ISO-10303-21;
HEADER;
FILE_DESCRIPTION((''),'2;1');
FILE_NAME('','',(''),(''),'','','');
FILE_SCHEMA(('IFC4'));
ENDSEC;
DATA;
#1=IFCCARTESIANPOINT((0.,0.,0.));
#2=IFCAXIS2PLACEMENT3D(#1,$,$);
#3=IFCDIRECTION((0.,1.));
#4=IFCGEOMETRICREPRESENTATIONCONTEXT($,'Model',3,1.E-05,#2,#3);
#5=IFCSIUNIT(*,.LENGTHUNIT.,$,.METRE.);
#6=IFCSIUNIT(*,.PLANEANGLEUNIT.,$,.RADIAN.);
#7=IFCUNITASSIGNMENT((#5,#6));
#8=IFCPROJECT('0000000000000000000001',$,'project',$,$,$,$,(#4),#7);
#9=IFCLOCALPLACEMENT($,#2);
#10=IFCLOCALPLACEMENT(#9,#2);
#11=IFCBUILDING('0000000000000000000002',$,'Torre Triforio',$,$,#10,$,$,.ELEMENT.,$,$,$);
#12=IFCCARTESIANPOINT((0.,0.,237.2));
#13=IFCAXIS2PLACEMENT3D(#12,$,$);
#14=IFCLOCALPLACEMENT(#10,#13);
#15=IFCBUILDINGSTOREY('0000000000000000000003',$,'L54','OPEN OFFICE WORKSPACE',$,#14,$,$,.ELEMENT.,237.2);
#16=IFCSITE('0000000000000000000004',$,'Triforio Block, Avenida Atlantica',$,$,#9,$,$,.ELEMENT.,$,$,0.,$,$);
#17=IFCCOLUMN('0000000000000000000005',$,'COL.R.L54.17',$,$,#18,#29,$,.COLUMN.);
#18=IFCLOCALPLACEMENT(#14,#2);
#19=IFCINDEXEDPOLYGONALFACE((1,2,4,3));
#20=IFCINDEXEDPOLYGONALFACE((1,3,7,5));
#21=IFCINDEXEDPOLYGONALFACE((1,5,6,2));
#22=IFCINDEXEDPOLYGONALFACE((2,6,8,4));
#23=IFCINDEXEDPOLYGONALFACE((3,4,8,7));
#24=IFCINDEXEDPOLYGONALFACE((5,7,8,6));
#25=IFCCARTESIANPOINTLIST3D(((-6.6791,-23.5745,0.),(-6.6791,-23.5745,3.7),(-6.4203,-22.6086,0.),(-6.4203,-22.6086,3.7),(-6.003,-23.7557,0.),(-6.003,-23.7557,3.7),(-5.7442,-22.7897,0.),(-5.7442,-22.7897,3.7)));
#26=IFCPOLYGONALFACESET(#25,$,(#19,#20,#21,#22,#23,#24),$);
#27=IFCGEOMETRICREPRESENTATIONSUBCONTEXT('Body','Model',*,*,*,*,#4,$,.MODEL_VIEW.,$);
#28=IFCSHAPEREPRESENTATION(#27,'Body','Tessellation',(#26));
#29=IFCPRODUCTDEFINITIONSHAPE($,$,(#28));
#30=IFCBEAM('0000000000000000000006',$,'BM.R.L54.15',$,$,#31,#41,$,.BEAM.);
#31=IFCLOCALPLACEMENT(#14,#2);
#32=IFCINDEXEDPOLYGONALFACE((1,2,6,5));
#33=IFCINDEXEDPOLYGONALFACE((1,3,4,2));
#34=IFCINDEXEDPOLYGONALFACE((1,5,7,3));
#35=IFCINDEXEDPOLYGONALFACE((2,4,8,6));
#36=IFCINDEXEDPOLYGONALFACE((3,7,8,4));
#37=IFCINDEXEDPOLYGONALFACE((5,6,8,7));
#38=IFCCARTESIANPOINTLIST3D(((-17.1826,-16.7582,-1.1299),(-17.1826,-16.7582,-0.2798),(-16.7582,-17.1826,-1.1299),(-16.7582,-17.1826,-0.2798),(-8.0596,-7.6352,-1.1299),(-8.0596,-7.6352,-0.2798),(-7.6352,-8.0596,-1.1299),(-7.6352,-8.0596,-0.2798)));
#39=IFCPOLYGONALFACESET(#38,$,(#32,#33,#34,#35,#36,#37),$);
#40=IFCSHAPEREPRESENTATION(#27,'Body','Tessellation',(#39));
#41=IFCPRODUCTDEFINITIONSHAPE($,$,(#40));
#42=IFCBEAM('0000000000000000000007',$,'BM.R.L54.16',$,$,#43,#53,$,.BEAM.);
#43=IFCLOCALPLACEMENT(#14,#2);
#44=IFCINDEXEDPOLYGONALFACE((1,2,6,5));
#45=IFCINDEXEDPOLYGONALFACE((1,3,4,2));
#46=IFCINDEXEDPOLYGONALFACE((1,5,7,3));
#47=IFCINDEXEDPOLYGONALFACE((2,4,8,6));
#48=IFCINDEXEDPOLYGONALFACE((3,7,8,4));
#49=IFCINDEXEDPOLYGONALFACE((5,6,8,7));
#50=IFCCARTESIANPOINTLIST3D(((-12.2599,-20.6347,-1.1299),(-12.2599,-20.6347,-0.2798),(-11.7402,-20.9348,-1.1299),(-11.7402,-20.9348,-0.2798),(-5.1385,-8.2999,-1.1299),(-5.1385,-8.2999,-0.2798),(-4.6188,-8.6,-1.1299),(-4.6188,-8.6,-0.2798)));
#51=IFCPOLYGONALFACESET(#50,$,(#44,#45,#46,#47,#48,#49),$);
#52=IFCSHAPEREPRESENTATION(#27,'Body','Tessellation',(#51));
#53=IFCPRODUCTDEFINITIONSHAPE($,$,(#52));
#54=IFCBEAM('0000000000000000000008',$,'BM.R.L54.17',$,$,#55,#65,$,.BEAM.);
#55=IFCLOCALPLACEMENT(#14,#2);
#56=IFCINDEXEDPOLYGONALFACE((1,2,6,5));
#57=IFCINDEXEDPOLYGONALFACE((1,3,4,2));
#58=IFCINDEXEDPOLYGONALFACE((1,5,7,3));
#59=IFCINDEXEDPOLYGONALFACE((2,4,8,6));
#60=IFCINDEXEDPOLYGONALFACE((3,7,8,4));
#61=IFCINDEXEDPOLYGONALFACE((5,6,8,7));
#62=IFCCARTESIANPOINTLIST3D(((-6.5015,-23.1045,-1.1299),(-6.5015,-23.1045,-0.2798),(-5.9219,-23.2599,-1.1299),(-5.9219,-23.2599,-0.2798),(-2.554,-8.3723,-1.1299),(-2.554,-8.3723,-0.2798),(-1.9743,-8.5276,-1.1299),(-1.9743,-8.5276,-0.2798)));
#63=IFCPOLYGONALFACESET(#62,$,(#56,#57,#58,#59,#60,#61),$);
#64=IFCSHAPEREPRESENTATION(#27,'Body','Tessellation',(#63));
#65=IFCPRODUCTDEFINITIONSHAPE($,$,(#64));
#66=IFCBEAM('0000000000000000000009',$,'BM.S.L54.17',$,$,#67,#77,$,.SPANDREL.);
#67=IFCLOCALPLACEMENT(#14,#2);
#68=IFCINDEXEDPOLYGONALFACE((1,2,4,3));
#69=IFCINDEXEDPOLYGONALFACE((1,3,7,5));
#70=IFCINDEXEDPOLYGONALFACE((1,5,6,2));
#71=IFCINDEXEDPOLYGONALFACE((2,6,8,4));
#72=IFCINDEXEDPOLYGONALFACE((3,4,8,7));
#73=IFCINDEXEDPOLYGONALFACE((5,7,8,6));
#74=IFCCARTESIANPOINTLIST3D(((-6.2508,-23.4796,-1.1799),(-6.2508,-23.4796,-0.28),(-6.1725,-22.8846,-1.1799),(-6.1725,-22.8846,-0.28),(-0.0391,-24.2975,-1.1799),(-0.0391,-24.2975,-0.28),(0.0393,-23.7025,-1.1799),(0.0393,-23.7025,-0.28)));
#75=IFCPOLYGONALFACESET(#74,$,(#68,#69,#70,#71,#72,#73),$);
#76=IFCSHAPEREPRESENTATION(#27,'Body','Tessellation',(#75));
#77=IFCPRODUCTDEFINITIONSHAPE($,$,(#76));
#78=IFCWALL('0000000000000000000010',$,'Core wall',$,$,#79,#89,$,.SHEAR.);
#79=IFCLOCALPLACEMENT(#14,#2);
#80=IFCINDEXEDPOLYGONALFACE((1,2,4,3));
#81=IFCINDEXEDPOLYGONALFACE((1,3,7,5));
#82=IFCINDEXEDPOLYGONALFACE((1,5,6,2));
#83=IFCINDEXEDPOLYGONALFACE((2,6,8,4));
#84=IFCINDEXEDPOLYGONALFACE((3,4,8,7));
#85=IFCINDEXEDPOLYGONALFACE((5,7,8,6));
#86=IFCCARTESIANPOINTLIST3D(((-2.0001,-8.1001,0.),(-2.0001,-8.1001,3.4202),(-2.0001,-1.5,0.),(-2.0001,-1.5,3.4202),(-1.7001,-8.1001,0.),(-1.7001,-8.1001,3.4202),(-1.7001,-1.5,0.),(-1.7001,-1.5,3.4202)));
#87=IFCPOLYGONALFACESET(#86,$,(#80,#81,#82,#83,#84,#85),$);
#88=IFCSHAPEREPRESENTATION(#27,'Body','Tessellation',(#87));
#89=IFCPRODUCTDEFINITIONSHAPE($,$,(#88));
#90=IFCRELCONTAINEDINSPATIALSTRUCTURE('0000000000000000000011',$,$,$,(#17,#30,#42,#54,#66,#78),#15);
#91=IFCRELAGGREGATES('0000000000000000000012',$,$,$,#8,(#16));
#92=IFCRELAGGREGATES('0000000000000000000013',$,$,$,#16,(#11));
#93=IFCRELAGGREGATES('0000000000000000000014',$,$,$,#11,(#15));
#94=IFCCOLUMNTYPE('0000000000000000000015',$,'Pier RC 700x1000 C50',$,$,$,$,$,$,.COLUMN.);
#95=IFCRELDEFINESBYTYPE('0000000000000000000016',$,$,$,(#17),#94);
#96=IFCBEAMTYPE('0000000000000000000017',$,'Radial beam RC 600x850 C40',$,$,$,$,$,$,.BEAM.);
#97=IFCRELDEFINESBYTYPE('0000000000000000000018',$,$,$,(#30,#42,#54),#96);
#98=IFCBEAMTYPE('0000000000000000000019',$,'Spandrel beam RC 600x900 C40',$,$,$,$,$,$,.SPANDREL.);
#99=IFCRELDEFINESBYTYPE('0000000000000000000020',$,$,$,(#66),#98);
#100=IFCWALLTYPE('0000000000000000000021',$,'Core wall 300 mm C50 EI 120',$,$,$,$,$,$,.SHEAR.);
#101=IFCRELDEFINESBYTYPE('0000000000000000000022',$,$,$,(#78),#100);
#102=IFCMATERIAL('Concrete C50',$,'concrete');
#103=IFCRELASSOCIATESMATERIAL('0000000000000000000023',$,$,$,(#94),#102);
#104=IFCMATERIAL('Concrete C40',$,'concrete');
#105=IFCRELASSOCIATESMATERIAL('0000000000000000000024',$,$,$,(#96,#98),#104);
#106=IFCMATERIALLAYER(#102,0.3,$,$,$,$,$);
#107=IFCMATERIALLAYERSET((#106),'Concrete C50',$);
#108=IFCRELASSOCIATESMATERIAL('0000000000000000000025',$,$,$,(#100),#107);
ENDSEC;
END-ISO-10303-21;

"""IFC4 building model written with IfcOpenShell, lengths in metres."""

from ifc_helpers import new_model, si_unit, direction, frame, frame_2d, origin, origin_2d, place, context, subcontext, project, spatial, rectangle, extrude, material, layer, layer_set, material_profile, profile_set, type_object, element, save


model = new_model("IFC4")

# Units and contexts
model_context = context("Model", 3, precision=1e-05, world=origin(), true_north=direction((0.0, 1.0)))
body_context = subcontext(model_context, "Body", "Model", "MODEL_VIEW")
ifc_project = project(units=[si_unit("LENGTHUNIT", "METRE"), si_unit("PLANEANGLEUNIT", "RADIAN")], contexts=[model_context])

# Site, building, storey
site_placement = place(None, origin())
site = spatial("IfcSite", under=ifc_project, at=site_placement, Name="Triforio Block, Avenida Atlantica", CompositionType="ELEMENT", RefElevation=0.0)
building_placement = place(site_placement, origin())
building = spatial("IfcBuilding", under=site, at=building_placement, Name="Torre Triforio", CompositionType="ELEMENT")
storey_placement = place(building_placement, frame((0.0, 0.0, 237.2)))
storey = spatial("IfcBuildingStorey", under=building, at=storey_placement, Name="L54", Description="OPEN OFFICE WORKSPACE", CompositionType="ELEMENT", Elevation=237.2)

# Column
ifc_material_1 = material(Name="Concrete C50", Category="concrete")
ifc_material_profile_1 = material_profile(ifc_material_1, rectangle(XDim=0.7, YDim=1.0, at=origin_2d()), Name="RC 700x1000")
ifc_profile_set_1 = profile_set([ifc_material_profile_1], Name="Concrete C50")
column_type = type_object("IfcColumnType", Name="Pier RC 700x1000 C50", PredefinedType="COLUMN", material=ifc_profile_set_1)
column_placement = place(storey_placement, frame((-6.2117, -23.1821, 0.0), z_axis=(0.0, 0.0, 1.0), x_axis=(0.965926, -0.258819, 0.0)))
element("IfcColumn", 1, at=column_placement, inside=storey, type_object=column_type, Name="COL.R.L54.17", PredefinedType="COLUMN", context=body_context, shape_type="SweptSolid", body=[
    extrude(rectangle(XDim=0.7, YDim=1.0, at=origin_2d()), origin(), (0.0, 0.0, 1.0), 3.7),
])

# Beams
ifc_material_2 = material(Name="Concrete C40", Category="concrete")
ifc_material_profile_2 = material_profile(ifc_material_2, rectangle(XDim=0.6001, YDim=0.8501, at=origin_2d()), Name="RC 600x850")
ifc_profile_set_2 = profile_set([ifc_material_profile_2], Name="Concrete C40")
beam_type_1 = type_object("IfcBeamType", Name="Radial beam RC 600x850 C40", PredefinedType="BEAM", material=ifc_profile_set_2)
beam_1_placement = place(storey_placement, frame((-7.8474, -7.8474, -0.7048), z_axis=(-0.707107, -0.707107, 0.0), x_axis=(0.707107, -0.707107, 0.0)))
element("IfcBeam", 2, at=beam_1_placement, inside=storey, type_object=beam_type_1, Name="BM.R.L54.15", PredefinedType="BEAM", context=body_context, shape_type="SweptSolid", body=[
    extrude(rectangle(XDim=0.6001, YDim=0.8501, at=origin_2d()), origin(), (0.0, 0.0, 1.0), 12.9019),
])
beam_2_placement = place(storey_placement, frame((-4.8787, -8.45, -0.7048), z_axis=(-0.499994, -0.866029, 0.0), x_axis=(0.866029, -0.499994, 0.0)))
element("IfcBeam", 3, at=beam_2_placement, inside=storey, type_object=beam_type_1, Name="BM.R.L54.16", PredefinedType="BEAM", context=body_context, shape_type="SweptSolid", body=[
    extrude(rectangle(XDim=0.6001, YDim=0.8501, at=origin_2d()), origin(), (0.0, 0.0, 1.0), 14.2429),
])
beam_3_placement = place(storey_placement, frame((-2.2642, -8.45, -0.7048), z_axis=(-0.258821, -0.965925, 0.0), x_axis=(0.965925, -0.258821, 0.0)))
element("IfcBeam", 4, at=beam_3_placement, inside=storey, type_object=beam_type_1, Name="BM.R.L54.17", PredefinedType="BEAM", context=body_context, shape_type="SweptSolid", body=[
    extrude(rectangle(XDim=0.6001, YDim=0.8501, at=origin_2d()), origin(), (0.0, 0.0, 1.0), 15.252),
])
ifc_material_profile_3 = material_profile(ifc_material_2, rectangle(XDim=0.6001, YDim=0.8999, at=origin_2d()), Name="RC 600x900")
ifc_profile_set_3 = profile_set([ifc_material_profile_3], Name="Concrete C40")
beam_type_2 = type_object("IfcBeamType", Name="Spandrel beam RC 600x900 C40", PredefinedType="SPANDREL", material=ifc_profile_set_3)
beam_4_placement = place(storey_placement, frame((-6.2117, -23.1821, -0.73), z_axis=(0.991443, -0.13054, 0.0), x_axis=(0.13054, 0.991443, 0.0)))
element("IfcBeam", 5, at=beam_4_placement, inside=storey, type_object=beam_type_2, Name="BM.S.L54.17", PredefinedType="SPANDREL", context=body_context, shape_type="SweptSolid", body=[
    extrude(rectangle(XDim=0.6001, YDim=0.8999, at=origin_2d()), origin(), (0.0, 0.0, 1.0), 6.2654),
])

# Wall
ifc_layer_1 = layer(ifc_material_1, 0.3)
ifc_layer_set_1 = layer_set([ifc_layer_1], Name="Concrete C50")
wall_type_1 = type_object("IfcWallType", Name="Core wall 300 mm C50 EI 120", PredefinedType="SHEAR", material=ifc_layer_set_1)
wall_1_placement = place(storey_placement, frame((-1.8501, -8.1001, 0.0), z_axis=(0.0, 0.0, 1.0), x_axis=(0.0, 1.0, 0.0)))
element("IfcWall", 6, at=wall_1_placement, inside=storey, type_object=wall_type_1, Name="Core wall", PredefinedType="SHEAR", context=body_context, shape_type="SweptSolid", body=[
    extrude(rectangle(XDim=6.6001, YDim=0.3, at=frame_2d((3.3, 0.0))), origin(), (0.0, 0.0, 1.0), 3.4202),
])

save(model, "model.ifc")
